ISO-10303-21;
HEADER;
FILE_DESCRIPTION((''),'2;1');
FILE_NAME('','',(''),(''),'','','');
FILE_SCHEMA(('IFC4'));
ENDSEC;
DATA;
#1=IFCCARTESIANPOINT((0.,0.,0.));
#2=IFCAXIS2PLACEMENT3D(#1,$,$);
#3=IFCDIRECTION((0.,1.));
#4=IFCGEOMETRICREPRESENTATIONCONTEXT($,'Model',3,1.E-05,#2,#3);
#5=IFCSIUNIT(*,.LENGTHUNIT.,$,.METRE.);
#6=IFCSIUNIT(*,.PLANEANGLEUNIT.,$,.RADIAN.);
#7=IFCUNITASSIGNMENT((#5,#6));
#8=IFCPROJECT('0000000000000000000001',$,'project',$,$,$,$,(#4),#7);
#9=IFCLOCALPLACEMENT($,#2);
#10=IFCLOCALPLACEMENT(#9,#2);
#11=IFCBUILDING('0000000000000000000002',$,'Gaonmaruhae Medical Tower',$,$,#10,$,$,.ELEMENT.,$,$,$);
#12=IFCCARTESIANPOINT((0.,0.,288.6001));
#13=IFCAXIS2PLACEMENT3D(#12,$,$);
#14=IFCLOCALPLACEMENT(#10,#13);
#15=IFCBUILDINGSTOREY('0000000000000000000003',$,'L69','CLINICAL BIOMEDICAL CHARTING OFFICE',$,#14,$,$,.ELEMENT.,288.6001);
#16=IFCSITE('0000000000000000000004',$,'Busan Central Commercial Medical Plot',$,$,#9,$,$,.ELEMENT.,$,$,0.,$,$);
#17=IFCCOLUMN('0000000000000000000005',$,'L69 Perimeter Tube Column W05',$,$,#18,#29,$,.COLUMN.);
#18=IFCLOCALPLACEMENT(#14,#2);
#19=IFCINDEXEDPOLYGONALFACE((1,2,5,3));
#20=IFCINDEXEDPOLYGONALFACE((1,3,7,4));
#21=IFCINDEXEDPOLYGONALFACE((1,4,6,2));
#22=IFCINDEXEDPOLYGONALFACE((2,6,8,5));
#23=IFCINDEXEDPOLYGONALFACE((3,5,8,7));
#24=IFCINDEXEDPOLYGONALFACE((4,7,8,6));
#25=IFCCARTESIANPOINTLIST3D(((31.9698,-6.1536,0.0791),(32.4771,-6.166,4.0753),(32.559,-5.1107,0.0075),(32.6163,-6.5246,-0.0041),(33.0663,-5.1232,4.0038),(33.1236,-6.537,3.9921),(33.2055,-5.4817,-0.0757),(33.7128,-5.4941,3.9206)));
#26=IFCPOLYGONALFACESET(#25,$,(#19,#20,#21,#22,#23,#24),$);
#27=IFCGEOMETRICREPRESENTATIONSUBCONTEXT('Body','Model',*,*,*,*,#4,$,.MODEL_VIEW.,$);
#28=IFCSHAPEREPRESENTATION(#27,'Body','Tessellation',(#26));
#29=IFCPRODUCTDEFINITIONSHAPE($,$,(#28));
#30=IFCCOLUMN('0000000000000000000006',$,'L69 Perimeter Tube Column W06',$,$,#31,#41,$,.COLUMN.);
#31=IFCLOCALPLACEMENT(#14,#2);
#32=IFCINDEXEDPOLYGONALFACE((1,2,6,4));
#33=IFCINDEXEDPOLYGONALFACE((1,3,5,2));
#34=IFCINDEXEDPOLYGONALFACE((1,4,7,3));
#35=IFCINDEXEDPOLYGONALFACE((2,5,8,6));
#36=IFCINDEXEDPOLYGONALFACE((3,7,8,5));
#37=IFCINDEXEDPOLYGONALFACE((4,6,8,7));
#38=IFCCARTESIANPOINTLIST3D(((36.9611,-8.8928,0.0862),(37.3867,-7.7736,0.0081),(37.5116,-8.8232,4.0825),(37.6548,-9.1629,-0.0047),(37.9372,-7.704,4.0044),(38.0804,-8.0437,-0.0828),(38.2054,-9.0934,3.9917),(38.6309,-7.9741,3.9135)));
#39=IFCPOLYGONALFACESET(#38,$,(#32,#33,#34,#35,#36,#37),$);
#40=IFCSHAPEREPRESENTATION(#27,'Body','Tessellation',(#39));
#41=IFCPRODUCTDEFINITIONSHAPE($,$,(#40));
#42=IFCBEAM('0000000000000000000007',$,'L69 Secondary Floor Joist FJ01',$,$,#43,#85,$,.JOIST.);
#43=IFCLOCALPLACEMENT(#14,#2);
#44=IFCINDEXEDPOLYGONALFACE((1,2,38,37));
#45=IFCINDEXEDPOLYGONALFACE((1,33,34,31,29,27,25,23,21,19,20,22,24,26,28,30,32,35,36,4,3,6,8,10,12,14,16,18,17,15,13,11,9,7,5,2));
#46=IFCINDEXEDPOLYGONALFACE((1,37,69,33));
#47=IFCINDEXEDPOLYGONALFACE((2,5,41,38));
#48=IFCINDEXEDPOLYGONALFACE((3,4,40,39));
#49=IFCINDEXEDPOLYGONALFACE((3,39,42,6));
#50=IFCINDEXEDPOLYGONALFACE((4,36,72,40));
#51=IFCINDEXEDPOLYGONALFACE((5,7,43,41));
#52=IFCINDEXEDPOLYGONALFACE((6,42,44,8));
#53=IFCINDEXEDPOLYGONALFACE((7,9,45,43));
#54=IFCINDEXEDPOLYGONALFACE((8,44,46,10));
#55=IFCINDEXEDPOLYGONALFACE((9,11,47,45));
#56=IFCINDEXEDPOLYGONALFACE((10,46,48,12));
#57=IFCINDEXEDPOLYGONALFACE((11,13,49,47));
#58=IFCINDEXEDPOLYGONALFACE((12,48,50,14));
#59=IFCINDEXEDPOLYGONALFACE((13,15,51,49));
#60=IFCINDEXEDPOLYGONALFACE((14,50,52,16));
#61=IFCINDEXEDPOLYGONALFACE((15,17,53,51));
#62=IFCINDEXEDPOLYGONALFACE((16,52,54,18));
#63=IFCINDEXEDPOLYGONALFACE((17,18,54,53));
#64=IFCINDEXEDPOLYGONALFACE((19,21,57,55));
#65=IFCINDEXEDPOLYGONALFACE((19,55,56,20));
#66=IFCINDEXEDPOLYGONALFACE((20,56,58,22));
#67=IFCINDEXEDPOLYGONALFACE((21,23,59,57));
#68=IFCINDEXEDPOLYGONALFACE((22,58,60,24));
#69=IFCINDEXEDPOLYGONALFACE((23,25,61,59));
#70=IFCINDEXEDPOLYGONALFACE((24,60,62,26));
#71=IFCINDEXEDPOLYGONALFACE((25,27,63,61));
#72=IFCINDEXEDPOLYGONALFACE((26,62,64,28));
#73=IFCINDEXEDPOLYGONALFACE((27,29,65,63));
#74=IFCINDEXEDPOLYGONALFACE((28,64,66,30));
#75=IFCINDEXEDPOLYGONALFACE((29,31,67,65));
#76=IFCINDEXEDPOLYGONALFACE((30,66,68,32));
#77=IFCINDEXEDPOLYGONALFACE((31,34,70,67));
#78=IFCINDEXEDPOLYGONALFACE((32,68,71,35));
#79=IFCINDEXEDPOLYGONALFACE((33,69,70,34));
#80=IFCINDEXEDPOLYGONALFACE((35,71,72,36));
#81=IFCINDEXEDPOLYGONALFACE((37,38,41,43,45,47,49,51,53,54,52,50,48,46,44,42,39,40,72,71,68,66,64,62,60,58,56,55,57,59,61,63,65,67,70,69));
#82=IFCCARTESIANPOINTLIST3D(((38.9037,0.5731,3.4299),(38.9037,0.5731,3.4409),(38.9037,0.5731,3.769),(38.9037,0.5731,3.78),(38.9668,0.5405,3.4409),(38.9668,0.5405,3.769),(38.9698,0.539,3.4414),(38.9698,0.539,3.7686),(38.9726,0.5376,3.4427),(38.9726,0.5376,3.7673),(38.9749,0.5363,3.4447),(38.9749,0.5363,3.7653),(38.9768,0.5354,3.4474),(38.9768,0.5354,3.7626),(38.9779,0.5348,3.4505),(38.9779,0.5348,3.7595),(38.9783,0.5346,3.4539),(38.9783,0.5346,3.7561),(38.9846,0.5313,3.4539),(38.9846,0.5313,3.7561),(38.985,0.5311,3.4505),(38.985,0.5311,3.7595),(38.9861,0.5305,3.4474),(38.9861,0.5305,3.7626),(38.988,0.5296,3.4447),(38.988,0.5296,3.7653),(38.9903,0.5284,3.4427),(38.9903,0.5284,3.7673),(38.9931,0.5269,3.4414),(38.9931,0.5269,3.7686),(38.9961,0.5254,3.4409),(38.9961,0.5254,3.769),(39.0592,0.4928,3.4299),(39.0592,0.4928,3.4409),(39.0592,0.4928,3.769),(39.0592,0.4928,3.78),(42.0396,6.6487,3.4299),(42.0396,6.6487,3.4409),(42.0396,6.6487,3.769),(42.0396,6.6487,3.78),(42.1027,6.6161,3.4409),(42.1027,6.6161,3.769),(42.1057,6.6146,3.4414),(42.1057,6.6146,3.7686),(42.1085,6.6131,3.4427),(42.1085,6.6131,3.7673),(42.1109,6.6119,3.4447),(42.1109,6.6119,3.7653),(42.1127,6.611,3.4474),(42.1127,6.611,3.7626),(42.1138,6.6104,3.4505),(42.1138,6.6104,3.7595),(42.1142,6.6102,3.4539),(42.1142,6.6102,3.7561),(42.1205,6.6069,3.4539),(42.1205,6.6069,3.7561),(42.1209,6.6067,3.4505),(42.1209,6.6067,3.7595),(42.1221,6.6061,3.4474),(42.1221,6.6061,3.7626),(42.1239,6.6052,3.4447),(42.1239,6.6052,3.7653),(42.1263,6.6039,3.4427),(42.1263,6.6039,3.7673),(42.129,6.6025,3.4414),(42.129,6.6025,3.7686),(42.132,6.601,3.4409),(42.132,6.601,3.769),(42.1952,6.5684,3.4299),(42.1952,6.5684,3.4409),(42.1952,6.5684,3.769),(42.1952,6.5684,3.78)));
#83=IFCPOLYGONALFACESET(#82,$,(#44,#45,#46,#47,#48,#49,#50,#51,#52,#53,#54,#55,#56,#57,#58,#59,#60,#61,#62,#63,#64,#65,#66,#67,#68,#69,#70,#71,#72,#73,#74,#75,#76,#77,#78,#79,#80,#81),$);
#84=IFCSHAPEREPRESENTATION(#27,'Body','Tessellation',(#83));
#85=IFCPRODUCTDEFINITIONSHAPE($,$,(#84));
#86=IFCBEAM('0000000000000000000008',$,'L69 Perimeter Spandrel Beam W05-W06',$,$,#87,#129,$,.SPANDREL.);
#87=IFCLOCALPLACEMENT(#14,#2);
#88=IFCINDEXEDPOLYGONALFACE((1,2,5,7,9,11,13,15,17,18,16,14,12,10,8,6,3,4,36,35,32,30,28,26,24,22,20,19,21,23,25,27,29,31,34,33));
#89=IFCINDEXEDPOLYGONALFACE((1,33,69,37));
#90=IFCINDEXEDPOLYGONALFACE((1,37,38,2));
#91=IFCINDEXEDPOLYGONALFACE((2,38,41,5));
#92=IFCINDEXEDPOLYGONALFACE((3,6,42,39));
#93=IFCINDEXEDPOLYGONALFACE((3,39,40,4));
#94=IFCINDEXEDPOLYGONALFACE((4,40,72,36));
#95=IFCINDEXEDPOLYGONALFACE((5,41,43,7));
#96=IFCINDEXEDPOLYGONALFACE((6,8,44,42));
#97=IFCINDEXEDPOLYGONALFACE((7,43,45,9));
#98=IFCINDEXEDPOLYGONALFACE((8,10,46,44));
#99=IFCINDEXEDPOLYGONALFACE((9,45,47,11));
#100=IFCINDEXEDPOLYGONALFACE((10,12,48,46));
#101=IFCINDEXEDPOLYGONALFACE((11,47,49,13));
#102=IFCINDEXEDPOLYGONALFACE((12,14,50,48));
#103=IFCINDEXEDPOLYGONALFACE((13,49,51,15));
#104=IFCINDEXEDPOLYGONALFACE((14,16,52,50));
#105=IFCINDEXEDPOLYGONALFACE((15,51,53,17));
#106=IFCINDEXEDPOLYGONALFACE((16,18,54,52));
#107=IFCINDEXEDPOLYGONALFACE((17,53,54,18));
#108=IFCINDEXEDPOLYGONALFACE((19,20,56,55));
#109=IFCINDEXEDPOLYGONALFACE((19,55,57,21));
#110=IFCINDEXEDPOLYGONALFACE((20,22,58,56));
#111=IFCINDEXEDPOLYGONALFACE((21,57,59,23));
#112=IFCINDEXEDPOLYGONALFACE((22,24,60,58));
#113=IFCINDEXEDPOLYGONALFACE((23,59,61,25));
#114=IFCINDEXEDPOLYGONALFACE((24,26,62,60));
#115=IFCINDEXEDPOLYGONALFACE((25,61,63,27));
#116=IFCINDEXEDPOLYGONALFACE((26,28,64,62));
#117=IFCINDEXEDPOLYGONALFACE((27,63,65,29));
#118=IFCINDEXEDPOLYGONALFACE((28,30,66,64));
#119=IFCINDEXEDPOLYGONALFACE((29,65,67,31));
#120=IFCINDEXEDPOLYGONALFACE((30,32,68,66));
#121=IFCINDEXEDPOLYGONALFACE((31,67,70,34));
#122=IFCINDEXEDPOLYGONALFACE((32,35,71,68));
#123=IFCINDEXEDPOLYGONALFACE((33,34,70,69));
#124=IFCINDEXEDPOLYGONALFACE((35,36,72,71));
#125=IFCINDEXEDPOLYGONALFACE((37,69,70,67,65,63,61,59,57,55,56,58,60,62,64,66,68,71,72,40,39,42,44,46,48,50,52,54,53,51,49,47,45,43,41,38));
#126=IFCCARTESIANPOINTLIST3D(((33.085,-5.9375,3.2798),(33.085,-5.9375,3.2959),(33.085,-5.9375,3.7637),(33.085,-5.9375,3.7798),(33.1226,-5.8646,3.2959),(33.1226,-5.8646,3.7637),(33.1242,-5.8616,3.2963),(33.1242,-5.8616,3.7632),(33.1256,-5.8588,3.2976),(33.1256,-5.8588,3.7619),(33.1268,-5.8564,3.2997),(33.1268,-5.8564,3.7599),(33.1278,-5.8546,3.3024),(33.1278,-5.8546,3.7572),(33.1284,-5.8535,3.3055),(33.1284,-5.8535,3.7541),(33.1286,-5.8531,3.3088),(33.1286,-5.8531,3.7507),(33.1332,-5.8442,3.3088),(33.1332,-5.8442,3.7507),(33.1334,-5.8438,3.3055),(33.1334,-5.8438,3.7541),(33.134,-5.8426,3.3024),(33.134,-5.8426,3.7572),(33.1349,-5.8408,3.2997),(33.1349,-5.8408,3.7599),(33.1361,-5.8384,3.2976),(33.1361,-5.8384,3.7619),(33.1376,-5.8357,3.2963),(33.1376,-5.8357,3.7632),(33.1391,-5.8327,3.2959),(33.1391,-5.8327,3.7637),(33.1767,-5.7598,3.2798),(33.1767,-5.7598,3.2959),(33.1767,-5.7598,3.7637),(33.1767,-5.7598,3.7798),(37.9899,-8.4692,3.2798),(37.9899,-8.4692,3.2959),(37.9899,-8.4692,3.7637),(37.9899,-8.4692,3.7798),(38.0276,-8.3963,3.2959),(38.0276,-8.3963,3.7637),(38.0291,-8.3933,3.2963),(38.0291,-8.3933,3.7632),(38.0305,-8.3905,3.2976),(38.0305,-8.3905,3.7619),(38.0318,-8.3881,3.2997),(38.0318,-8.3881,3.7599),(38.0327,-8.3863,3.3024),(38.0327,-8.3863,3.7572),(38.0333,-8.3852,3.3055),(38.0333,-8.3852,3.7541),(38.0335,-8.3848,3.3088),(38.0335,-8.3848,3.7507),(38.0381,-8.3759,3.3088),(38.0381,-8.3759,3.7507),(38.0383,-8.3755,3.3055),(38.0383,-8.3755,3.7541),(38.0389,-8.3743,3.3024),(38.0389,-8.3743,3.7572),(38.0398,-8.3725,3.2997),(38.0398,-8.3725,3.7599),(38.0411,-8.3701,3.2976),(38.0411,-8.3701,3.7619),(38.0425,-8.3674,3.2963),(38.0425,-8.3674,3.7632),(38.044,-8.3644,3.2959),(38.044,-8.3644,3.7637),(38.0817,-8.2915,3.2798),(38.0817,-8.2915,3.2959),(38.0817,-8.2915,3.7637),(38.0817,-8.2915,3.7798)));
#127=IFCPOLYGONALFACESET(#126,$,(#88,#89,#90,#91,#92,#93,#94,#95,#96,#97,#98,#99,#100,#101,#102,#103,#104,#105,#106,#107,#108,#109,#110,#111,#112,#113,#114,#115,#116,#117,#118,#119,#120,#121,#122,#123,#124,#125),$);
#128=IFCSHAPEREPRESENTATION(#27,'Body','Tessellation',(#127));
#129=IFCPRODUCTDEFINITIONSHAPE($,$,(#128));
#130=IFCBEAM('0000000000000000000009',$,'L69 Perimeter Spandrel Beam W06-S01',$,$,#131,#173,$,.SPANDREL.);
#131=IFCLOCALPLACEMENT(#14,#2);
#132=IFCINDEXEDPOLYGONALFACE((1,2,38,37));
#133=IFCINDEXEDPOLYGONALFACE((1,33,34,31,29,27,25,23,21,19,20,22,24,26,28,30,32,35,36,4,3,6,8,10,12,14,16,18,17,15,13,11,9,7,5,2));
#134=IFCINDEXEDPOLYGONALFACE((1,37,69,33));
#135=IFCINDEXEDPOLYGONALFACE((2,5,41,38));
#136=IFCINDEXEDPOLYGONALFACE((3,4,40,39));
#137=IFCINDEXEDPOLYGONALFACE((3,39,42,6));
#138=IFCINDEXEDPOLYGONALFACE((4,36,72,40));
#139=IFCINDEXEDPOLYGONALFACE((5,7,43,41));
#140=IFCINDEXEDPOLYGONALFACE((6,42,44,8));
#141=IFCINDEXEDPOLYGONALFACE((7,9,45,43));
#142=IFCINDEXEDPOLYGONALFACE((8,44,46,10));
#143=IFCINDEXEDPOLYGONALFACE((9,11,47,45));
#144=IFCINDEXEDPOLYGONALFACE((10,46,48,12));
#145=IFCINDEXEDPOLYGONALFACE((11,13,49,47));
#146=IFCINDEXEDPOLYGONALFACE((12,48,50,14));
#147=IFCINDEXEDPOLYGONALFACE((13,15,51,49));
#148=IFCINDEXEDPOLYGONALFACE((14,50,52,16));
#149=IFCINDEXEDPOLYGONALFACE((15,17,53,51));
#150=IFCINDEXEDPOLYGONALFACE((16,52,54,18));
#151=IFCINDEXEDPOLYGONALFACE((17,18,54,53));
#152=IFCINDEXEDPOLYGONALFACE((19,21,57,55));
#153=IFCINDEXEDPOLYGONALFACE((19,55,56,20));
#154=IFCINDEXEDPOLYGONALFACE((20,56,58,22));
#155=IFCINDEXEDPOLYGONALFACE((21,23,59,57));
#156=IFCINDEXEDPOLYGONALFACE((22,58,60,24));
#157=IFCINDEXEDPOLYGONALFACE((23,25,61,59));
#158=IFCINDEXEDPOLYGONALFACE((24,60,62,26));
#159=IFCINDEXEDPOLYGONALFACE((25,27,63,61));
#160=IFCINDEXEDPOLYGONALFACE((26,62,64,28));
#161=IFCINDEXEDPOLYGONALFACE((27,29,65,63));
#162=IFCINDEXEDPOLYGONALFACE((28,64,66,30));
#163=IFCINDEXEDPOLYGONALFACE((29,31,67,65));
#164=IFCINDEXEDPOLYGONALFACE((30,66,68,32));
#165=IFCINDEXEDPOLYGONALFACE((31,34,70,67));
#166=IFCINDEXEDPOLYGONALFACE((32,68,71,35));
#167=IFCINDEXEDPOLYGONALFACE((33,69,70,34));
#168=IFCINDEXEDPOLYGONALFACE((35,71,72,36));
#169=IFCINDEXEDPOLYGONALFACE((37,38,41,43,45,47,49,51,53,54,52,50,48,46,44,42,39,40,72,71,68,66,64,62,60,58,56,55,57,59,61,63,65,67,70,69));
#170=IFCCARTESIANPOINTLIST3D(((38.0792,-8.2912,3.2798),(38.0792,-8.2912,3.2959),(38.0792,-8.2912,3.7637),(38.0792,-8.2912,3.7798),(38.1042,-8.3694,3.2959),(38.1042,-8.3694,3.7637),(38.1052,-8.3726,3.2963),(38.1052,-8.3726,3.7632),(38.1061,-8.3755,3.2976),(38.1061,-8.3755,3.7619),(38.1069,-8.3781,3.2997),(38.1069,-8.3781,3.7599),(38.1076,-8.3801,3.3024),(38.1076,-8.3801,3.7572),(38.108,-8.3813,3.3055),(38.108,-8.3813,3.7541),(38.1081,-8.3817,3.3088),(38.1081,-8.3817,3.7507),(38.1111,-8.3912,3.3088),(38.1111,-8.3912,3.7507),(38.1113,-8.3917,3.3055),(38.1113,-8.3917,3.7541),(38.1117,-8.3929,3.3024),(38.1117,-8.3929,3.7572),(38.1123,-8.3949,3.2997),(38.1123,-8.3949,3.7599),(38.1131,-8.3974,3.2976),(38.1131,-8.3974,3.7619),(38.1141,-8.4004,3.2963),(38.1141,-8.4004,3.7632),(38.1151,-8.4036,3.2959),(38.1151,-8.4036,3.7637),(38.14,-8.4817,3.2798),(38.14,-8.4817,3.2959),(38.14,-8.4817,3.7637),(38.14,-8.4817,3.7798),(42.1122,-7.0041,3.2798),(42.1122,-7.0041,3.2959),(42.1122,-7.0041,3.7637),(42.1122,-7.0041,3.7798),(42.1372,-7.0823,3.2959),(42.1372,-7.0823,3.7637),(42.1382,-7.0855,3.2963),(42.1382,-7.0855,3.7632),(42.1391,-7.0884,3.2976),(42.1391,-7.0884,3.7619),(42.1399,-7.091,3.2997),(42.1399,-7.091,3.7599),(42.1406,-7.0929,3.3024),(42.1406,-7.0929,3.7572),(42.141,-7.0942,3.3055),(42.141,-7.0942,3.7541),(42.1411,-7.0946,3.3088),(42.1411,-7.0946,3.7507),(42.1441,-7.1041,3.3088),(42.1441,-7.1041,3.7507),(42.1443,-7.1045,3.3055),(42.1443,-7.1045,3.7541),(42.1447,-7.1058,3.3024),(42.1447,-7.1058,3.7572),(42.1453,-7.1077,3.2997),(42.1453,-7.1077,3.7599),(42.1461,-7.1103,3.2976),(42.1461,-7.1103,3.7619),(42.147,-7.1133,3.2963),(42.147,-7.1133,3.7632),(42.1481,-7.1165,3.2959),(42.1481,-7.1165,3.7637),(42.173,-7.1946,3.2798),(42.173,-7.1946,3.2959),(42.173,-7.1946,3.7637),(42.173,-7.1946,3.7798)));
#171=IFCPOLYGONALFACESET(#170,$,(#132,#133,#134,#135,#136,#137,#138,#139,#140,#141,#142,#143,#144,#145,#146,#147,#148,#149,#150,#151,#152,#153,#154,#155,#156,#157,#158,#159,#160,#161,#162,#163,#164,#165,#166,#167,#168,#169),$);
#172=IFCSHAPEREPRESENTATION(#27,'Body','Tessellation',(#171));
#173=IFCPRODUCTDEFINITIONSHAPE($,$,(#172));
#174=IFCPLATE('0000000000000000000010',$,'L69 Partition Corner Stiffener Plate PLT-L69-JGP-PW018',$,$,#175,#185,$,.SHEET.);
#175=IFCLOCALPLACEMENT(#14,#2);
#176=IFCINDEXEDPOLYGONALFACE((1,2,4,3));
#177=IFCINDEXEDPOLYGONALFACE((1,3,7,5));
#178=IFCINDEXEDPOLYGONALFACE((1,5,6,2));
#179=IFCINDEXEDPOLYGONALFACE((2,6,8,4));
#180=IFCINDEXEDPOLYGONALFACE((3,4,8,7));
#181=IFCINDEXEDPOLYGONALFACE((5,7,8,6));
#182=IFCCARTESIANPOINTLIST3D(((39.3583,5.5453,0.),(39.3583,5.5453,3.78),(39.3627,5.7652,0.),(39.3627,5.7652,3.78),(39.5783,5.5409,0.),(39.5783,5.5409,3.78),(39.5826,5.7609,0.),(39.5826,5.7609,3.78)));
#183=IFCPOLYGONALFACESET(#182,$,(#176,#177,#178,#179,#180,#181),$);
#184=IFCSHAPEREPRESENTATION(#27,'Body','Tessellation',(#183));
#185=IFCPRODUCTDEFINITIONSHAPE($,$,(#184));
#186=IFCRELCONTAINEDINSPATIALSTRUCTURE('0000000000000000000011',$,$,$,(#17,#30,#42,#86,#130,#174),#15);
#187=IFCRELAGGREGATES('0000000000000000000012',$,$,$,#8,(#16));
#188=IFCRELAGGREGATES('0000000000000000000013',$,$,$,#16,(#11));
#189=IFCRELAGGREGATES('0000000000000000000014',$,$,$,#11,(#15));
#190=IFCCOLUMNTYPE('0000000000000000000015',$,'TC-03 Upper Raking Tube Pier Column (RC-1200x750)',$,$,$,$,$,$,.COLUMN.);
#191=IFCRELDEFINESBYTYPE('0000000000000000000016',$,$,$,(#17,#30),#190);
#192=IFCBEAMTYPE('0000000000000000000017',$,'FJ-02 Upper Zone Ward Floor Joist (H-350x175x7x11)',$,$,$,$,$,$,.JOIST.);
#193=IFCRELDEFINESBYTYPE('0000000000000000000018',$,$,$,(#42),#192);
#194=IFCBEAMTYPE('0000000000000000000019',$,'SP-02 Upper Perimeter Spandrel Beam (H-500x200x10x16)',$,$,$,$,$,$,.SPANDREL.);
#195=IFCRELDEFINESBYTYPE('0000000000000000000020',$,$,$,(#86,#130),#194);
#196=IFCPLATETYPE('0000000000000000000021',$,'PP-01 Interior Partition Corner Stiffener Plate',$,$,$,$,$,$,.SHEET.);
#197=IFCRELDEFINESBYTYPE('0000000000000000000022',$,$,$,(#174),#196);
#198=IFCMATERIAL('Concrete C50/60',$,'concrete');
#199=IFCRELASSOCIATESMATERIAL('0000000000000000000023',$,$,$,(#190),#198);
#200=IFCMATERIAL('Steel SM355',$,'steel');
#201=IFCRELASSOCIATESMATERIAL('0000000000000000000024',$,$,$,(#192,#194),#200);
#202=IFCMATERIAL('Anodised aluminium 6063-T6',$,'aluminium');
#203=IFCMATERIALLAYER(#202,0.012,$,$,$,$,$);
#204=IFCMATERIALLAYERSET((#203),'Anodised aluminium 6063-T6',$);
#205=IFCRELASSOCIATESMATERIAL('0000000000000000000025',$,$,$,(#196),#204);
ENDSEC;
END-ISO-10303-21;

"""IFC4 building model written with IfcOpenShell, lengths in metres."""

from ifc_helpers import new_model, si_unit, direction, frame, origin, origin_2d, place, context, subcontext, project, spatial, rectangle, i_section, extrude, material, layer, layer_set, material_profile, profile_set, type_object, element, save


model = new_model("IFC4")

# Units and contexts
model_context = context("Model", 3, precision=1e-05, world=origin(), true_north=direction((0.0, 1.0)))
body_context = subcontext(model_context, "Body", "Model", "MODEL_VIEW")
ifc_project = project(units=[si_unit("LENGTHUNIT", "METRE"), si_unit("PLANEANGLEUNIT", "RADIAN")], contexts=[model_context])

# Site, building, storey
site_placement = place(None, origin())
site = spatial("IfcSite", under=ifc_project, at=site_placement, Name="Busan Central Commercial Medical Plot", CompositionType="ELEMENT", RefElevation=0.0)
building_placement = place(site_placement, origin())
building = spatial("IfcBuilding", under=site, at=building_placement, Name="Gaonmaruhae Medical Tower", CompositionType="ELEMENT")
storey_placement = place(building_placement, frame((0.0, 0.0, 288.6001)))
storey = spatial("IfcBuildingStorey", under=building, at=storey_placement, Name="L69", Description="CLINICAL BIOMEDICAL CHARTING OFFICE", CompositionType="ELEMENT", Elevation=288.6001)

# Columns
ifc_material_1 = material(Name="Concrete C50/60", Category="concrete")
ifc_material_profile_1 = material_profile(ifc_material_1, rectangle(XDim=1.2, YDim=0.75, at=origin_2d()), Name="RC-1200x750")
ifc_profile_set_1 = profile_set([ifc_material_profile_1], Name="Concrete C50/60")
column_type = type_object("IfcColumnType", Name="TC-03 Upper Raking Tube Pier Column (RC-1200x750)", PredefinedType="COLUMN", material=ifc_profile_set_1)
column_1_placement = place(storey_placement, frame((32.5876, -5.8176, 0.0017), z_axis=(0.125936, -0.003091, 0.992034), x_axis=(-0.491021, -0.869105, 0.059626)))
element("IfcColumn", 1, at=column_1_placement, inside=storey, type_object=column_type, Name="L69 Perimeter Tube Column W05", PredefinedType="COLUMN", context=body_context, shape_type="SweptSolid", body=[
    extrude(rectangle(XDim=1.2, YDim=0.75, at=origin_2d()), origin(), (0.0, 0.0, 1.0), 4.0283),
])
column_2_placement = place(storey_placement, frame((37.5208, -8.4683, 0.0017), z_axis=(0.136451, 0.017245, 0.990497), x_axis=(-0.354668, -0.932723, 0.065099)))
element("IfcColumn", 2, at=column_2_placement, inside=storey, type_object=column_type, Name="L69 Perimeter Tube Column W06", PredefinedType="COLUMN", context=body_context, shape_type="SweptSolid", body=[
    extrude(rectangle(XDim=1.2, YDim=0.75, at=origin_2d()), origin(), (0.0, 0.0, 1.0), 4.0347),
])

# Beams
ifc_material_2 = material(Name="Steel SM355", Category="steel")
ifc_material_profile_2 = material_profile(ifc_material_2, i_section(OverallWidth=0.175, OverallDepth=0.3501, WebThickness=0.0071, FlangeThickness=0.011, FilletRadius=0.0129, at=origin_2d()), Name="H-350x175x7x11")
ifc_profile_set_2 = profile_set([ifc_material_profile_2], Name="Steel SM355")
beam_type_1 = type_object("IfcBeamType", Name="FJ-02 Upper Zone Ward Floor Joist (H-350x175x7x11)", PredefinedType="JOIST", material=ifc_profile_set_2)
beam_1_placement = place(storey_placement, frame((38.9814, 0.533, 3.605), z_axis=(0.45866, 0.888612, 0.0), x_axis=(-0.888612, 0.45866, 0.0)))
element("IfcBeam", 3, at=beam_1_placement, inside=storey, type_object=beam_type_1, Name="L69 Secondary Floor Joist FJ01", PredefinedType="JOIST", context=body_context, shape_type="SweptSolid", body=[
    extrude(i_section(OverallWidth=0.175, OverallDepth=0.3501, WebThickness=0.0071, FlangeThickness=0.011, FilletRadius=0.0129, at=origin_2d()), origin(), (0.0, 0.0, 1.0), 6.8372),
])
ifc_material_profile_3 = material_profile(ifc_material_2, i_section(OverallWidth=0.2, OverallDepth=0.5, WebThickness=0.01, FlangeThickness=0.0161, FilletRadius=0.0129, at=origin_2d()), Name="H-500x200x10x16")
ifc_profile_set_3 = profile_set([ifc_material_profile_3], Name="Steel SM355")
beam_type_2 = type_object("IfcBeamType", Name="SP-02 Upper Perimeter Spandrel Beam (H-500x200x10x16)", PredefinedType="SPANDREL", material=ifc_profile_set_3)
beam_2_placement = place(storey_placement, frame((33.1309, -5.8486, 3.5298), z_axis=(0.888613, -0.458659, 0.0), x_axis=(0.458659, 0.888613, 0.0)))
element("IfcBeam", 4, at=beam_2_placement, inside=storey, type_object=beam_type_2, Name="L69 Perimeter Spandrel Beam W05-W06", PredefinedType="SPANDREL", context=body_context, shape_type="SweptSolid", body=[
    extrude(i_section(OverallWidth=0.2, OverallDepth=0.5, WebThickness=0.01, FlangeThickness=0.0161, FilletRadius=0.0129, at=origin_2d()), origin(), (0.0, 0.0, 1.0), 5.5198),
])
beam_3_placement = place(storey_placement, frame((38.1096, -8.3865, 3.5298), z_axis=(0.95266, 0.304039, 0.0), x_axis=(-0.304039, 0.95266, 0.0)))
element("IfcBeam", 5, at=beam_3_placement, inside=storey, type_object=beam_type_2, Name="L69 Perimeter Spandrel Beam W06-S01", PredefinedType="SPANDREL", context=body_context, shape_type="SweptSolid", body=[
    extrude(i_section(OverallWidth=0.2, OverallDepth=0.5, WebThickness=0.01, FlangeThickness=0.0161, FilletRadius=0.0129, at=origin_2d()), origin(), (0.0, 0.0, 1.0), 4.2334),
])

# Plate
ifc_material_3 = material(Name="Anodised aluminium 6063-T6", Category="aluminium")
ifc_layer_1 = layer(ifc_material_3, 0.012)
ifc_layer_set_1 = layer_set([ifc_layer_1], Name="Anodised aluminium 6063-T6")
plate_type = type_object("IfcPlateType", Name="PP-01 Interior Partition Corner Stiffener Plate", PredefinedType="SHEET", material=ifc_layer_set_1)
plate_placement = place(storey_placement, frame((39.4705, 5.6531, 0.0), z_axis=(0.0, 0.0, 1.0), x_axis=(0.019738, 0.999805, 0.0)))
element("IfcPlate", 6, at=plate_placement, inside=storey, type_object=plate_type, Name="L69 Partition Corner Stiffener Plate PLT-L69-JGP-PW018", PredefinedType="SHEET", context=body_context, shape_type="SweptSolid", body=[
    extrude(rectangle(XDim=0.22, YDim=0.22, at=origin_2d()), origin(), (0.0, 0.0, 1.0), 3.78),
])

save(model, "model.ifc")
